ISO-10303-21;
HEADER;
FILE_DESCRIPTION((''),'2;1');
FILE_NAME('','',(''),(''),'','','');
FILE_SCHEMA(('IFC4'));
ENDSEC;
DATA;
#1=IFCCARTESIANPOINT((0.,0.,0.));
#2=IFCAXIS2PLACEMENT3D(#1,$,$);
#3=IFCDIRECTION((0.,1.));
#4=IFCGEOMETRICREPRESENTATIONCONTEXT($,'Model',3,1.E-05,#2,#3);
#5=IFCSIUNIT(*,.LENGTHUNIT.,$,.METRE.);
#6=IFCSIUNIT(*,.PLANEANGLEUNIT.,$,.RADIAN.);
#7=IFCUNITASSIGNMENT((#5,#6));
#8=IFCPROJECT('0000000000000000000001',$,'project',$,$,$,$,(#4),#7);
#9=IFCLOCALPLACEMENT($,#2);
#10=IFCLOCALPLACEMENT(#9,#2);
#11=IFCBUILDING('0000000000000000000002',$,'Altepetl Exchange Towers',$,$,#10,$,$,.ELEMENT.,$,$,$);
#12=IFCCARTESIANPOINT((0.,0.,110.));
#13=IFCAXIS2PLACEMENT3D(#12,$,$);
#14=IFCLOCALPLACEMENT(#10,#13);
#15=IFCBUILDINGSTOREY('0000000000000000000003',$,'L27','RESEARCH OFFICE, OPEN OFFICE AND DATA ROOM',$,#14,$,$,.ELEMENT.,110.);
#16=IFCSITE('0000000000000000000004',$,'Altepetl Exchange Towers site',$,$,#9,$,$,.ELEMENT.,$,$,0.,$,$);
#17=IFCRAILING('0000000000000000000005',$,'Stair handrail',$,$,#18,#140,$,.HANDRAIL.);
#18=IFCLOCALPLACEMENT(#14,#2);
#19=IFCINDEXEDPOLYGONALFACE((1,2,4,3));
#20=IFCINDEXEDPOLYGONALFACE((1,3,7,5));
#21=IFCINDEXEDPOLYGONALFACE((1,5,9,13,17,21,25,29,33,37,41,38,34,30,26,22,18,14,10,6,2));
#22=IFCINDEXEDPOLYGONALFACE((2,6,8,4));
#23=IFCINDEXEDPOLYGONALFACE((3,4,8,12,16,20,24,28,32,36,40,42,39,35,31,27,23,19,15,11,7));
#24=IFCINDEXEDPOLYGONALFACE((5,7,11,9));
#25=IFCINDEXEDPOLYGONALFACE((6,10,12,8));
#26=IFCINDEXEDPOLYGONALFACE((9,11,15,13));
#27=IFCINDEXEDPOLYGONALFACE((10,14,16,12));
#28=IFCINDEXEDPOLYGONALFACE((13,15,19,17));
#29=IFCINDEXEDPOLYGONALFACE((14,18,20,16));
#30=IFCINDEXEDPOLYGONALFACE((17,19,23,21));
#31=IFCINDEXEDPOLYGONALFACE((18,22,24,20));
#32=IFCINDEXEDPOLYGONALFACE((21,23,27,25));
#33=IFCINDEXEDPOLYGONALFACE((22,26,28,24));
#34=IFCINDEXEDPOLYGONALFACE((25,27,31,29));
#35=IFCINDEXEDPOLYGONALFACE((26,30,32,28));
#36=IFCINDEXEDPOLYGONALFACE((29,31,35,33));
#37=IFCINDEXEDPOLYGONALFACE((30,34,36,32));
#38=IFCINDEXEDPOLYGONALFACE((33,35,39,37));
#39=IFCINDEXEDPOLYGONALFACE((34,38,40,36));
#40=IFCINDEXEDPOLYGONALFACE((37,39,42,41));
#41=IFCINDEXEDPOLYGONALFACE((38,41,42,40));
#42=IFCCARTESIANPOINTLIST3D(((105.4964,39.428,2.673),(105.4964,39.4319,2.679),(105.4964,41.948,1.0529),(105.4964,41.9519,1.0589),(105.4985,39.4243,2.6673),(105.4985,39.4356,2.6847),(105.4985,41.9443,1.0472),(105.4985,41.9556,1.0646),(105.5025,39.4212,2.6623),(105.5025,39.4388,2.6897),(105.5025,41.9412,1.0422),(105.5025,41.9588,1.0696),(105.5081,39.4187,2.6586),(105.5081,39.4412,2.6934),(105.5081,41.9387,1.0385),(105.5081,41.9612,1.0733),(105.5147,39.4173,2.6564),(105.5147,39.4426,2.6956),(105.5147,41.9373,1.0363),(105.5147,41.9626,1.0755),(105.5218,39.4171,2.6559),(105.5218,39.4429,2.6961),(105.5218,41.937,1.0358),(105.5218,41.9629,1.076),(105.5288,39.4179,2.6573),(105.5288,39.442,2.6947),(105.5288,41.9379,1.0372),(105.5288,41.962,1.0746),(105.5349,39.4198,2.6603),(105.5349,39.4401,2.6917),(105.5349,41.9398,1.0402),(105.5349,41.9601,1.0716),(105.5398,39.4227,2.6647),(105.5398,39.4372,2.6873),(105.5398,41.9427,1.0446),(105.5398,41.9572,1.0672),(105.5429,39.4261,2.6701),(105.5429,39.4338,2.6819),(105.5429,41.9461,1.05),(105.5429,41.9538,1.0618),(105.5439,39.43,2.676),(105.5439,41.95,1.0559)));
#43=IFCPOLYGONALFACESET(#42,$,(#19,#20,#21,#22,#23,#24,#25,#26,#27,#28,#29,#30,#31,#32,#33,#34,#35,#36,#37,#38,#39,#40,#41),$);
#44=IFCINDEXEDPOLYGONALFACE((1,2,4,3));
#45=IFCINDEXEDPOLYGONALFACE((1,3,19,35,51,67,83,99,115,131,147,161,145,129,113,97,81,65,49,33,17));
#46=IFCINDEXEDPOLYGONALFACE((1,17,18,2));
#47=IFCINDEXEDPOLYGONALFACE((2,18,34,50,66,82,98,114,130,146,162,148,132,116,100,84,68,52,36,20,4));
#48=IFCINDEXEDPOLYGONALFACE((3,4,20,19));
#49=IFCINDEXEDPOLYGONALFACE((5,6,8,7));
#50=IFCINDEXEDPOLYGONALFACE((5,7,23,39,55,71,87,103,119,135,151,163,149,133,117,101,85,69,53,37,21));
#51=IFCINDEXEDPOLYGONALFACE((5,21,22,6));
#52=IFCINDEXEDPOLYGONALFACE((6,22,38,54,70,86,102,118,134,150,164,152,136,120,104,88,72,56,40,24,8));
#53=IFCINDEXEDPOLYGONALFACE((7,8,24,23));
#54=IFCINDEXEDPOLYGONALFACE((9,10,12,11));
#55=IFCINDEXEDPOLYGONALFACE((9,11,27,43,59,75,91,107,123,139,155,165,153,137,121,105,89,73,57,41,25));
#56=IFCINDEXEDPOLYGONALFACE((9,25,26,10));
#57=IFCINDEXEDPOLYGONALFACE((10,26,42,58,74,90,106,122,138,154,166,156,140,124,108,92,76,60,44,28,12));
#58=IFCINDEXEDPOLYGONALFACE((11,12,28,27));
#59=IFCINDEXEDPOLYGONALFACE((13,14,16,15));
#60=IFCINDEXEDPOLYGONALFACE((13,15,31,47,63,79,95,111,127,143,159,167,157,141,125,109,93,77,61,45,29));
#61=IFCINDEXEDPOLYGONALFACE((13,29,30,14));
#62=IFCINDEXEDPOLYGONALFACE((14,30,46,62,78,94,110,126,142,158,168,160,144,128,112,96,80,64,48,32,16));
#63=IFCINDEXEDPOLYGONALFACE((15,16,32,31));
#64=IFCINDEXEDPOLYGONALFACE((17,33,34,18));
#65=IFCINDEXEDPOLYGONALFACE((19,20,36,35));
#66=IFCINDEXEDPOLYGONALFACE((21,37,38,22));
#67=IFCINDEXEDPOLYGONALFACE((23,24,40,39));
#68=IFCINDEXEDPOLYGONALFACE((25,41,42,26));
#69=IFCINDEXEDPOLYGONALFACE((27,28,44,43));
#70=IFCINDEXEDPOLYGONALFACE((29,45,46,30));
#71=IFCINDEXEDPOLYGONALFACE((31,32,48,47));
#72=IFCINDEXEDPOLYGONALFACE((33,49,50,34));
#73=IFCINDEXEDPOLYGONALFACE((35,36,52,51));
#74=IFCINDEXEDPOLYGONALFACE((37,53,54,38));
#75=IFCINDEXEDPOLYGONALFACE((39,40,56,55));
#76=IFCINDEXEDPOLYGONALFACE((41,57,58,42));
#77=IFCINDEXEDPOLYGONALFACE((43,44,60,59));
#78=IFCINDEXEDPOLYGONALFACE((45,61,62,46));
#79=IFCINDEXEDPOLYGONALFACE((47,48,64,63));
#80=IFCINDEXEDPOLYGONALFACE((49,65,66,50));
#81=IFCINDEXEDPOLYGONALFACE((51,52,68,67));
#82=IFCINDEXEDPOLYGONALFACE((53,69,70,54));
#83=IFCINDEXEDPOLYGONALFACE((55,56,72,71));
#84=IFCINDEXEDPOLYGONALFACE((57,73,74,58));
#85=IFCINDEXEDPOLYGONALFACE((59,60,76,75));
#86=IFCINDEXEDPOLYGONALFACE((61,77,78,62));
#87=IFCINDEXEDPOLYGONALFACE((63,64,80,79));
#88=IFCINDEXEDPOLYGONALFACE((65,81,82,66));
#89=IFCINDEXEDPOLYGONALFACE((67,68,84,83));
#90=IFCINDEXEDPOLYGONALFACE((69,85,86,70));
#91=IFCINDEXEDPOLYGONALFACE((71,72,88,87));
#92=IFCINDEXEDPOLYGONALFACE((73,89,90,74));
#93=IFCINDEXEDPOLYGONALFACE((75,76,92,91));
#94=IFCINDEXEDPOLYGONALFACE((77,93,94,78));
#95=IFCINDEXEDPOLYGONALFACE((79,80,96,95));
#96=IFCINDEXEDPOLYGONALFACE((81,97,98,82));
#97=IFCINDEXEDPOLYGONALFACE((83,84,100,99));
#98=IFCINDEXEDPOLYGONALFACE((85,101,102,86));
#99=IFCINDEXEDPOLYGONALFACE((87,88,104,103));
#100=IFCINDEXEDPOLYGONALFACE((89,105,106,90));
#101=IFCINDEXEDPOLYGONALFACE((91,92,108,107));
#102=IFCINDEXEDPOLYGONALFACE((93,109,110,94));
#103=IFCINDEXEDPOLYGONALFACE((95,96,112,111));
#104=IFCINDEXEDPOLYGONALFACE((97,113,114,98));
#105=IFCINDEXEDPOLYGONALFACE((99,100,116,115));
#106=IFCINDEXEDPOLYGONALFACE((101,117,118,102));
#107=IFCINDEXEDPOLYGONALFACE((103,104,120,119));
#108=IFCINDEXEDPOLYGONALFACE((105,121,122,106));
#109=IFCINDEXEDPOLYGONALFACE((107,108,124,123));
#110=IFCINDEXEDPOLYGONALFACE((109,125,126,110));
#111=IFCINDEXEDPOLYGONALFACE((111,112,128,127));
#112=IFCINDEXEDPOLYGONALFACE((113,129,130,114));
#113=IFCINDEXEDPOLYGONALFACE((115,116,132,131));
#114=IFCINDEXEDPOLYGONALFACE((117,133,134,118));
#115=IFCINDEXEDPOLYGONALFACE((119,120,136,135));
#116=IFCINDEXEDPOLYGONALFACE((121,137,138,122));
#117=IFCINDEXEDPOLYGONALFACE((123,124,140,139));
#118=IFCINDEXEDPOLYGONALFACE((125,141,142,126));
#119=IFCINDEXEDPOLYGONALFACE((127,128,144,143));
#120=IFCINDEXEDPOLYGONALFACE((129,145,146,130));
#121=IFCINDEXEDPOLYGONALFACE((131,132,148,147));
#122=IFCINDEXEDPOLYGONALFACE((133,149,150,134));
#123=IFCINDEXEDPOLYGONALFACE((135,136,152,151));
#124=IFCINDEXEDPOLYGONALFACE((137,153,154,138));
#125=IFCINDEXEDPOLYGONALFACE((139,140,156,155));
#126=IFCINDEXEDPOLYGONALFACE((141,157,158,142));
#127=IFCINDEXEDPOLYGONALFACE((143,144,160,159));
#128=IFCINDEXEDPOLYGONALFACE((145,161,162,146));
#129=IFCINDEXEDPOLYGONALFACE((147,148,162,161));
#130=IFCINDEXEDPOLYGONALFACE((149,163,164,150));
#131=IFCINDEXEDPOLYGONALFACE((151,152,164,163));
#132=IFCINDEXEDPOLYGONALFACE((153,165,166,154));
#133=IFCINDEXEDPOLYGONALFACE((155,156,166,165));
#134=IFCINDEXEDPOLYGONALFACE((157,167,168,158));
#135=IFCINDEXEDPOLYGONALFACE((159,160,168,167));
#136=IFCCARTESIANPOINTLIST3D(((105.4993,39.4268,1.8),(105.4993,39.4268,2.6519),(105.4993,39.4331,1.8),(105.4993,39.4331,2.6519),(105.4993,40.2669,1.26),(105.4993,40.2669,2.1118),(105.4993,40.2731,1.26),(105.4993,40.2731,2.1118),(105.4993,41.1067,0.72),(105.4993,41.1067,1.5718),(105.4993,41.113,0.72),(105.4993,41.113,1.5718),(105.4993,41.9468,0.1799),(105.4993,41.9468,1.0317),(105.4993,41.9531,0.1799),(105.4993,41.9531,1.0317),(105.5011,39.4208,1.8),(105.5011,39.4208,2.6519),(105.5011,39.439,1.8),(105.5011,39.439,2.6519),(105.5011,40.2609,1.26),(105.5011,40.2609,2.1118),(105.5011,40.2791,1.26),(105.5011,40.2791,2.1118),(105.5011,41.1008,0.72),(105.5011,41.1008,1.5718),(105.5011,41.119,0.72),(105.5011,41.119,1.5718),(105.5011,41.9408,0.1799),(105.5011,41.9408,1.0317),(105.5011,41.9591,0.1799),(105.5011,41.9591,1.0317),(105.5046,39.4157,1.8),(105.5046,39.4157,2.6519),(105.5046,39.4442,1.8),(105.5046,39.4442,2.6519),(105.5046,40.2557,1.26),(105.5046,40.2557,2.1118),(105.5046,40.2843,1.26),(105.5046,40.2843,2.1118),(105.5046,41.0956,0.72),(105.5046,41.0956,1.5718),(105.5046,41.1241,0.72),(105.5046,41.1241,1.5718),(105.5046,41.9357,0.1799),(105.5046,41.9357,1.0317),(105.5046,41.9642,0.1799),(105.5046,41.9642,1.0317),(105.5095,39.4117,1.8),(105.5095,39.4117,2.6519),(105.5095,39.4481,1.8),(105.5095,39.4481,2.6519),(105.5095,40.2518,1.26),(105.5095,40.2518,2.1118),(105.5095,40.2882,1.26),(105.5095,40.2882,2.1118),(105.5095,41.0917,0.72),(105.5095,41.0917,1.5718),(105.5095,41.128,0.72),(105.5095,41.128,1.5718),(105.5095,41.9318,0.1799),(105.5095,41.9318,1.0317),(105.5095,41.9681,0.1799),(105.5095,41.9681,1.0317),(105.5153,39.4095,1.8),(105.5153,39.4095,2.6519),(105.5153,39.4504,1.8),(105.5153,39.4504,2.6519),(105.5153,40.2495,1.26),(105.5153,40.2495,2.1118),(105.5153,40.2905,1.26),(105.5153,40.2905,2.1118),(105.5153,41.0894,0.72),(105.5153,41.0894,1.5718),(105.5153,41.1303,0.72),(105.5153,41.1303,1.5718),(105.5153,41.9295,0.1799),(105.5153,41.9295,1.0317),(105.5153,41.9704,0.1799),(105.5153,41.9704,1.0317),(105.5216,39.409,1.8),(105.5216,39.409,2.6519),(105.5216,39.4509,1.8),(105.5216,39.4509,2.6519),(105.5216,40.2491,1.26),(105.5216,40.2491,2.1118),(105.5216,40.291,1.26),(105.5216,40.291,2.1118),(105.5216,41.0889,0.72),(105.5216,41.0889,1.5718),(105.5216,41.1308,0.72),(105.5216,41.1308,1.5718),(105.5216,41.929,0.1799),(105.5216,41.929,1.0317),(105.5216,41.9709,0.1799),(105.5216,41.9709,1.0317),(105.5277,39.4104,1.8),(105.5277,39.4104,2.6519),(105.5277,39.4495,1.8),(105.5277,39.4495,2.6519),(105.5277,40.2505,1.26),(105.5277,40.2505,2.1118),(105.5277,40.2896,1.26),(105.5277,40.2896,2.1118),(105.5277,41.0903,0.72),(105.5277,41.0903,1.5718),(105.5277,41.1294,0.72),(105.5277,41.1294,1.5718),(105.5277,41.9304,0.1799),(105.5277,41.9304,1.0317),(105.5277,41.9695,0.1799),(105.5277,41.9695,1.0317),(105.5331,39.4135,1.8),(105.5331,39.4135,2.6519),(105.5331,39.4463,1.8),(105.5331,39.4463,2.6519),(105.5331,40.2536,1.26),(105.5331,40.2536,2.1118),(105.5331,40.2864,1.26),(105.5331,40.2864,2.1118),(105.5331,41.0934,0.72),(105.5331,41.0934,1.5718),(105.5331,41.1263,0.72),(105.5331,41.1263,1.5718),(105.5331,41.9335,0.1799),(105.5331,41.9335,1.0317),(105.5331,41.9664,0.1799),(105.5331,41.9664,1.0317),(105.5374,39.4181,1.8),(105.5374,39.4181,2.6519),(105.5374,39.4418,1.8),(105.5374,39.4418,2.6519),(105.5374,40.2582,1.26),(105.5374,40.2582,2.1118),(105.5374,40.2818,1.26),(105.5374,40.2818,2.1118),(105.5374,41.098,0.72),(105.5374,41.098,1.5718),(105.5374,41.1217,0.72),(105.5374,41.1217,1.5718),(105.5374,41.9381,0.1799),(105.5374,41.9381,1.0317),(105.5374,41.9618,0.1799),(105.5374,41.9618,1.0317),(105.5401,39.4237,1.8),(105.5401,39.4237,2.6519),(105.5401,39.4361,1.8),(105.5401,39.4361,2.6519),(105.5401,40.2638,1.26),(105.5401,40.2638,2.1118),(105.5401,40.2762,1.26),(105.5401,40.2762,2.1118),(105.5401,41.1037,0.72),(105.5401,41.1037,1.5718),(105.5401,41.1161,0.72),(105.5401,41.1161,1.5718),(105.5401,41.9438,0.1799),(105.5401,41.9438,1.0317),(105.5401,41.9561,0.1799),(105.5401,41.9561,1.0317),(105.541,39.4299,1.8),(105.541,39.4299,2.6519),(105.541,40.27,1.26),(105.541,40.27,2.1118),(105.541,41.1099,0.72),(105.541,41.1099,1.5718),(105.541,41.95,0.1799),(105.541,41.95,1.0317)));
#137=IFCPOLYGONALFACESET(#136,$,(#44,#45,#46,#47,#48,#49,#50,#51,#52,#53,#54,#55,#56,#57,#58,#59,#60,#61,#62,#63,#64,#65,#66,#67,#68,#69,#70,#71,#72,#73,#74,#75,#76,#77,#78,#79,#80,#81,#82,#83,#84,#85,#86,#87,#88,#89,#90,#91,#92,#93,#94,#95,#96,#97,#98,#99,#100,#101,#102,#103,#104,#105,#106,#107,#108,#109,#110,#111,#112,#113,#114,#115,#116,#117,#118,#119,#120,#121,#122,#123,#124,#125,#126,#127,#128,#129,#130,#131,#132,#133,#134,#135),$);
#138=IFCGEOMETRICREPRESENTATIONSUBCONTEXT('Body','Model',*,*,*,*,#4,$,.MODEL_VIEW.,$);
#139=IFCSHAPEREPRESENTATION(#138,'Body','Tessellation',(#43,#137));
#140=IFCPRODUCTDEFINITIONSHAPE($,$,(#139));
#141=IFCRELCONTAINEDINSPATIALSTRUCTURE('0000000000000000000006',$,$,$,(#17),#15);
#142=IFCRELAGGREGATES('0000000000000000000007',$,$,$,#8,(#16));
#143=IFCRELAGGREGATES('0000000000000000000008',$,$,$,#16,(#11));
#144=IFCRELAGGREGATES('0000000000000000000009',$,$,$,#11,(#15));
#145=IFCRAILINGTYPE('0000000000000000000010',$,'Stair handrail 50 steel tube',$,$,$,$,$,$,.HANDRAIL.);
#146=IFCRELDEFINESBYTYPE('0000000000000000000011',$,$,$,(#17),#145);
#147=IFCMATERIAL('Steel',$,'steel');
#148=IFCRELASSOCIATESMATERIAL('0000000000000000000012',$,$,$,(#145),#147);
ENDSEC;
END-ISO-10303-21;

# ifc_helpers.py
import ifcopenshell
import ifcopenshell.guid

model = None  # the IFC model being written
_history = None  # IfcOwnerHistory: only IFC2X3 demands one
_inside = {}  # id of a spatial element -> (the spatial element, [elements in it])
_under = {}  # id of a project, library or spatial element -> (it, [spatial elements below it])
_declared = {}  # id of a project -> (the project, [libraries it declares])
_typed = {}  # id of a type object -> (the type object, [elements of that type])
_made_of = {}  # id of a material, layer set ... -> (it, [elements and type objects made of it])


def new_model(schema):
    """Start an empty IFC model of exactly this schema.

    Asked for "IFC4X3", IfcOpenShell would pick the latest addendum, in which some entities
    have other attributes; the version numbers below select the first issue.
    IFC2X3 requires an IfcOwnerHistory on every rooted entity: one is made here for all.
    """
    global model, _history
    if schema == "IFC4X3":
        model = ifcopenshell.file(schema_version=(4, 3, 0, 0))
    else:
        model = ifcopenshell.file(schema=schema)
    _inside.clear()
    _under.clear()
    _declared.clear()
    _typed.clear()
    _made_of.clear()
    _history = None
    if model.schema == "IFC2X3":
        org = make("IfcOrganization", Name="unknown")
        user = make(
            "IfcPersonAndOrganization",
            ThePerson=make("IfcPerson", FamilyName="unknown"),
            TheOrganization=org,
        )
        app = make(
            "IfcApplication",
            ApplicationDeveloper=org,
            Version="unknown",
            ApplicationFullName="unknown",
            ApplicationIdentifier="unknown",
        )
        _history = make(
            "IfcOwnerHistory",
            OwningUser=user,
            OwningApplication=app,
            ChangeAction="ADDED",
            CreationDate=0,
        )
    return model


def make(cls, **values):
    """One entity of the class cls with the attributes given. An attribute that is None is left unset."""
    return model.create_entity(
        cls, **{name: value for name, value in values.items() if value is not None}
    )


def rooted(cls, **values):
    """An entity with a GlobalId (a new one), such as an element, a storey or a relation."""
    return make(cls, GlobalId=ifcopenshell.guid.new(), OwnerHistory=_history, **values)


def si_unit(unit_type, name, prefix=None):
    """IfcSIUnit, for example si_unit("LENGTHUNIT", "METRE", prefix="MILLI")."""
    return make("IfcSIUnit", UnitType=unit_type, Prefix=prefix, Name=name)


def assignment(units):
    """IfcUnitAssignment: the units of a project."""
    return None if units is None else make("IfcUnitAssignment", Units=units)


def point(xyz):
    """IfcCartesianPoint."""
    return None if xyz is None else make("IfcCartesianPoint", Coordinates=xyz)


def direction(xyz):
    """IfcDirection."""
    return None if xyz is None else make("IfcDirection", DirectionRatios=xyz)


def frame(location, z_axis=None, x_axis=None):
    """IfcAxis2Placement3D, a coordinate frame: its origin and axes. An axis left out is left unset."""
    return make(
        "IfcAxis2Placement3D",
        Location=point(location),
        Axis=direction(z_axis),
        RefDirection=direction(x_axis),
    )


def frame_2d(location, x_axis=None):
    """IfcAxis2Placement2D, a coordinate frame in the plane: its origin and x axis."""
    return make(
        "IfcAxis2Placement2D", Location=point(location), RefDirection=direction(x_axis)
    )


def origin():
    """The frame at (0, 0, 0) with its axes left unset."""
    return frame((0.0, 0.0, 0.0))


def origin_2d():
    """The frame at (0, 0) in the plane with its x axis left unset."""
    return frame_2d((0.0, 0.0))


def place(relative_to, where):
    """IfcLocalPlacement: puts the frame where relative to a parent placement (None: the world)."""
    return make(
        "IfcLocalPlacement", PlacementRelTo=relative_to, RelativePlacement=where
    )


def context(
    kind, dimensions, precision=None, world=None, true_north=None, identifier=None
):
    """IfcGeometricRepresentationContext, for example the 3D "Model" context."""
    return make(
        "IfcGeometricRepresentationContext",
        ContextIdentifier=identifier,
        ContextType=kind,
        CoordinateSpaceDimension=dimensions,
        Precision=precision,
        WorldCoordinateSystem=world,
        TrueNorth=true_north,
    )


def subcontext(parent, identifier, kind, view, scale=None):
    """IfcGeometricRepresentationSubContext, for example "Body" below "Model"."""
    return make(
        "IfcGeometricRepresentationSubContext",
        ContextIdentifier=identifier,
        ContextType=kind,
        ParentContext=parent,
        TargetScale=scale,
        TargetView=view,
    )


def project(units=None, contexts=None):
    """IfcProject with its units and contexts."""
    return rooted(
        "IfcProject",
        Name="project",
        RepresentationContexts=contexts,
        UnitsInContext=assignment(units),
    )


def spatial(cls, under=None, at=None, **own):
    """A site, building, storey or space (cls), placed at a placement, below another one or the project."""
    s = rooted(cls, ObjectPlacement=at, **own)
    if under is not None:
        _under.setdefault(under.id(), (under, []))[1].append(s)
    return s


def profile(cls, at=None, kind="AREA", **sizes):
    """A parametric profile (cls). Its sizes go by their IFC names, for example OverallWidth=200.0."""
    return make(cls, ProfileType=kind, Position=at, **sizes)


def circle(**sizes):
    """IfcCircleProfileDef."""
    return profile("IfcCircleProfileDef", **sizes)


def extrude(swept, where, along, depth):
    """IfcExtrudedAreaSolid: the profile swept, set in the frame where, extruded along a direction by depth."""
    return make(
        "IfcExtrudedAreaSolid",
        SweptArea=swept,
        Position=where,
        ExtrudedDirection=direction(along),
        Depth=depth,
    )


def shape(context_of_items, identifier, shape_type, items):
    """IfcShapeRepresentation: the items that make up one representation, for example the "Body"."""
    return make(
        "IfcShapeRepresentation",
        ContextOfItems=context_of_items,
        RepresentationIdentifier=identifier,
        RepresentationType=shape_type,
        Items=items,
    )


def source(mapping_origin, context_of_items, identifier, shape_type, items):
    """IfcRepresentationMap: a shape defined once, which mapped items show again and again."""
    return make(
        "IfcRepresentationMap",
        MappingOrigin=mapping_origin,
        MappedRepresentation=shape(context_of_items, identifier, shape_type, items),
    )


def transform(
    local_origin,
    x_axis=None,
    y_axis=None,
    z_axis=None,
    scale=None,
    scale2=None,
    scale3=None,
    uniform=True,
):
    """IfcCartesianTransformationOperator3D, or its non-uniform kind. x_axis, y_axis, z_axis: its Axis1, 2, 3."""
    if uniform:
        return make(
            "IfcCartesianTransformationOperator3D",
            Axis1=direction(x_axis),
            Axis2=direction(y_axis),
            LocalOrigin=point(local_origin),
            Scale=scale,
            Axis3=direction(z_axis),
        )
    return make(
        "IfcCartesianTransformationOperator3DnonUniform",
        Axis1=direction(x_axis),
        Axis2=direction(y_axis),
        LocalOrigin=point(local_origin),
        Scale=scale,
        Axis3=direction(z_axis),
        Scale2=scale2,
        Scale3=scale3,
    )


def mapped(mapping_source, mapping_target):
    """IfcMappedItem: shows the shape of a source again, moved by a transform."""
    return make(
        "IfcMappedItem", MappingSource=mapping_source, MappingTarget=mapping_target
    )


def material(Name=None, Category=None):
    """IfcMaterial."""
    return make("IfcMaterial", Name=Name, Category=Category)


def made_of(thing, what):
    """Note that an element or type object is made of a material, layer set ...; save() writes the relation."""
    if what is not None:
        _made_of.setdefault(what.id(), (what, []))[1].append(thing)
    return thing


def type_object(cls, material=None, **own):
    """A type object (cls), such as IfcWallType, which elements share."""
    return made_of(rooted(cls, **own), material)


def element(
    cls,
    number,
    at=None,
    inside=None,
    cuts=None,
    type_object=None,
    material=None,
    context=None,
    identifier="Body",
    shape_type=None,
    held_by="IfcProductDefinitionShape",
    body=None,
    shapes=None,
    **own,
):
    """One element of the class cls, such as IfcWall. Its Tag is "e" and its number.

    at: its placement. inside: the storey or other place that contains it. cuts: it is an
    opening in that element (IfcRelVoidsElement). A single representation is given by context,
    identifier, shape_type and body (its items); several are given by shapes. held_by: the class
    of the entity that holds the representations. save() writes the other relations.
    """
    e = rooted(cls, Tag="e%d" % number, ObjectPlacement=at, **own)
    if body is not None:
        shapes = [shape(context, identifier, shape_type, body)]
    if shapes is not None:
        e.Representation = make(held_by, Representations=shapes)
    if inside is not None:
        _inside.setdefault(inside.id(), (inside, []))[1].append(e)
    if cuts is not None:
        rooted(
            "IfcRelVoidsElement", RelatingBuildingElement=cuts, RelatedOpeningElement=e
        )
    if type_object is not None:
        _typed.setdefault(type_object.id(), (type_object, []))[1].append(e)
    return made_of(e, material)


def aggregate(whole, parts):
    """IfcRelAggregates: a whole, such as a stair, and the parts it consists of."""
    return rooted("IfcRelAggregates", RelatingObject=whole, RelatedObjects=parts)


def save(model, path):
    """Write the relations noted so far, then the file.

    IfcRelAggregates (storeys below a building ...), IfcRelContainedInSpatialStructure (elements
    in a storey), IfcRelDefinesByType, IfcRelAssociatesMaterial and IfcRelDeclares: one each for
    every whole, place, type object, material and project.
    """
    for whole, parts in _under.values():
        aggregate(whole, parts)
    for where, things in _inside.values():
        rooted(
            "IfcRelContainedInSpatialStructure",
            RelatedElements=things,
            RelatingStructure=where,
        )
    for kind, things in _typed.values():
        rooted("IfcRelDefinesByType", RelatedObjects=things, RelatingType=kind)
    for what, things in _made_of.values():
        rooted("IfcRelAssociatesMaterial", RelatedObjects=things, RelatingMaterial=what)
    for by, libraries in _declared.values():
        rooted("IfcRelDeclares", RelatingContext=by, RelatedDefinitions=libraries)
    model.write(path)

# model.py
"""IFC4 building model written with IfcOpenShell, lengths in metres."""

from ifc_helpers import new_model, si_unit, direction, frame, origin, origin_2d, place, context, subcontext, project, spatial, circle, extrude, source, transform, mapped, material, type_object, element, save


model = new_model("IFC4")

# Units and contexts
model_context = context("Model", 3, precision=1e-05, world=origin(), true_north=direction((0.0, 1.0)))
body_context = subcontext(model_context, "Body", "Model", "MODEL_VIEW")
ifc_project = project(units=[si_unit("LENGTHUNIT", "METRE"), si_unit("PLANEANGLEUNIT", "RADIAN")], contexts=[model_context])

# Site, building, storey
site_placement = place(None, origin())
site = spatial("IfcSite", under=ifc_project, at=site_placement, Name="Altepetl Exchange Towers site", CompositionType="ELEMENT", RefElevation=0.0)
building_placement = place(site_placement, origin())
building = spatial("IfcBuilding", under=site, at=building_placement, Name="Altepetl Exchange Towers", CompositionType="ELEMENT")
storey_placement = place(building_placement, frame((0.0, 0.0, 110.0)))
storey = spatial("IfcBuildingStorey", under=building, at=storey_placement, Name="L27", Description="RESEARCH OFFICE, OPEN OFFICE AND DATA ROOM", CompositionType="ELEMENT", Elevation=110.0)

# Railing
ifc_material_1 = material(Name="Steel", Category="steel")
railing_type = type_object("IfcRailingType", Name="Stair handrail 50 steel tube", PredefinedType="HANDRAIL", material=ifc_material_1)
shared_shape = source(origin(), body_context, "Body", "SweptSolid", [
    extrude(circle(Radius=0.021, at=origin_2d()), origin(), (0.0, 0.0, 1.0), 0.8518),
])
railing_1_placement = place(storey_placement, frame((105.52, 41.95, 0.1799)))
element("IfcRailing", 1, at=railing_1_placement, inside=storey, type_object=railing_type, Name="Stair handrail", PredefinedType="HANDRAIL", context=body_context, shape_type="SweptSolid", body=[
    extrude(circle(Radius=0.0239, at=origin_2d()), frame((0.0, 0.0, 0.876), z_axis=(0.0, -0.841163, 0.540782), x_axis=(1.0, 0.0, 0.0)), (0.0, 0.0, 1.0), 2.9958),
    mapped(shared_shape, transform((0.0, 0.0, 0.0))),
    mapped(shared_shape, transform((0.0, -0.8401, 0.54))),
    mapped(shared_shape, transform((0.0, -1.6799, 1.0801))),
    mapped(shared_shape, transform((0.0, -2.52, 1.6201))),
])

save(model, "model.ifc")
